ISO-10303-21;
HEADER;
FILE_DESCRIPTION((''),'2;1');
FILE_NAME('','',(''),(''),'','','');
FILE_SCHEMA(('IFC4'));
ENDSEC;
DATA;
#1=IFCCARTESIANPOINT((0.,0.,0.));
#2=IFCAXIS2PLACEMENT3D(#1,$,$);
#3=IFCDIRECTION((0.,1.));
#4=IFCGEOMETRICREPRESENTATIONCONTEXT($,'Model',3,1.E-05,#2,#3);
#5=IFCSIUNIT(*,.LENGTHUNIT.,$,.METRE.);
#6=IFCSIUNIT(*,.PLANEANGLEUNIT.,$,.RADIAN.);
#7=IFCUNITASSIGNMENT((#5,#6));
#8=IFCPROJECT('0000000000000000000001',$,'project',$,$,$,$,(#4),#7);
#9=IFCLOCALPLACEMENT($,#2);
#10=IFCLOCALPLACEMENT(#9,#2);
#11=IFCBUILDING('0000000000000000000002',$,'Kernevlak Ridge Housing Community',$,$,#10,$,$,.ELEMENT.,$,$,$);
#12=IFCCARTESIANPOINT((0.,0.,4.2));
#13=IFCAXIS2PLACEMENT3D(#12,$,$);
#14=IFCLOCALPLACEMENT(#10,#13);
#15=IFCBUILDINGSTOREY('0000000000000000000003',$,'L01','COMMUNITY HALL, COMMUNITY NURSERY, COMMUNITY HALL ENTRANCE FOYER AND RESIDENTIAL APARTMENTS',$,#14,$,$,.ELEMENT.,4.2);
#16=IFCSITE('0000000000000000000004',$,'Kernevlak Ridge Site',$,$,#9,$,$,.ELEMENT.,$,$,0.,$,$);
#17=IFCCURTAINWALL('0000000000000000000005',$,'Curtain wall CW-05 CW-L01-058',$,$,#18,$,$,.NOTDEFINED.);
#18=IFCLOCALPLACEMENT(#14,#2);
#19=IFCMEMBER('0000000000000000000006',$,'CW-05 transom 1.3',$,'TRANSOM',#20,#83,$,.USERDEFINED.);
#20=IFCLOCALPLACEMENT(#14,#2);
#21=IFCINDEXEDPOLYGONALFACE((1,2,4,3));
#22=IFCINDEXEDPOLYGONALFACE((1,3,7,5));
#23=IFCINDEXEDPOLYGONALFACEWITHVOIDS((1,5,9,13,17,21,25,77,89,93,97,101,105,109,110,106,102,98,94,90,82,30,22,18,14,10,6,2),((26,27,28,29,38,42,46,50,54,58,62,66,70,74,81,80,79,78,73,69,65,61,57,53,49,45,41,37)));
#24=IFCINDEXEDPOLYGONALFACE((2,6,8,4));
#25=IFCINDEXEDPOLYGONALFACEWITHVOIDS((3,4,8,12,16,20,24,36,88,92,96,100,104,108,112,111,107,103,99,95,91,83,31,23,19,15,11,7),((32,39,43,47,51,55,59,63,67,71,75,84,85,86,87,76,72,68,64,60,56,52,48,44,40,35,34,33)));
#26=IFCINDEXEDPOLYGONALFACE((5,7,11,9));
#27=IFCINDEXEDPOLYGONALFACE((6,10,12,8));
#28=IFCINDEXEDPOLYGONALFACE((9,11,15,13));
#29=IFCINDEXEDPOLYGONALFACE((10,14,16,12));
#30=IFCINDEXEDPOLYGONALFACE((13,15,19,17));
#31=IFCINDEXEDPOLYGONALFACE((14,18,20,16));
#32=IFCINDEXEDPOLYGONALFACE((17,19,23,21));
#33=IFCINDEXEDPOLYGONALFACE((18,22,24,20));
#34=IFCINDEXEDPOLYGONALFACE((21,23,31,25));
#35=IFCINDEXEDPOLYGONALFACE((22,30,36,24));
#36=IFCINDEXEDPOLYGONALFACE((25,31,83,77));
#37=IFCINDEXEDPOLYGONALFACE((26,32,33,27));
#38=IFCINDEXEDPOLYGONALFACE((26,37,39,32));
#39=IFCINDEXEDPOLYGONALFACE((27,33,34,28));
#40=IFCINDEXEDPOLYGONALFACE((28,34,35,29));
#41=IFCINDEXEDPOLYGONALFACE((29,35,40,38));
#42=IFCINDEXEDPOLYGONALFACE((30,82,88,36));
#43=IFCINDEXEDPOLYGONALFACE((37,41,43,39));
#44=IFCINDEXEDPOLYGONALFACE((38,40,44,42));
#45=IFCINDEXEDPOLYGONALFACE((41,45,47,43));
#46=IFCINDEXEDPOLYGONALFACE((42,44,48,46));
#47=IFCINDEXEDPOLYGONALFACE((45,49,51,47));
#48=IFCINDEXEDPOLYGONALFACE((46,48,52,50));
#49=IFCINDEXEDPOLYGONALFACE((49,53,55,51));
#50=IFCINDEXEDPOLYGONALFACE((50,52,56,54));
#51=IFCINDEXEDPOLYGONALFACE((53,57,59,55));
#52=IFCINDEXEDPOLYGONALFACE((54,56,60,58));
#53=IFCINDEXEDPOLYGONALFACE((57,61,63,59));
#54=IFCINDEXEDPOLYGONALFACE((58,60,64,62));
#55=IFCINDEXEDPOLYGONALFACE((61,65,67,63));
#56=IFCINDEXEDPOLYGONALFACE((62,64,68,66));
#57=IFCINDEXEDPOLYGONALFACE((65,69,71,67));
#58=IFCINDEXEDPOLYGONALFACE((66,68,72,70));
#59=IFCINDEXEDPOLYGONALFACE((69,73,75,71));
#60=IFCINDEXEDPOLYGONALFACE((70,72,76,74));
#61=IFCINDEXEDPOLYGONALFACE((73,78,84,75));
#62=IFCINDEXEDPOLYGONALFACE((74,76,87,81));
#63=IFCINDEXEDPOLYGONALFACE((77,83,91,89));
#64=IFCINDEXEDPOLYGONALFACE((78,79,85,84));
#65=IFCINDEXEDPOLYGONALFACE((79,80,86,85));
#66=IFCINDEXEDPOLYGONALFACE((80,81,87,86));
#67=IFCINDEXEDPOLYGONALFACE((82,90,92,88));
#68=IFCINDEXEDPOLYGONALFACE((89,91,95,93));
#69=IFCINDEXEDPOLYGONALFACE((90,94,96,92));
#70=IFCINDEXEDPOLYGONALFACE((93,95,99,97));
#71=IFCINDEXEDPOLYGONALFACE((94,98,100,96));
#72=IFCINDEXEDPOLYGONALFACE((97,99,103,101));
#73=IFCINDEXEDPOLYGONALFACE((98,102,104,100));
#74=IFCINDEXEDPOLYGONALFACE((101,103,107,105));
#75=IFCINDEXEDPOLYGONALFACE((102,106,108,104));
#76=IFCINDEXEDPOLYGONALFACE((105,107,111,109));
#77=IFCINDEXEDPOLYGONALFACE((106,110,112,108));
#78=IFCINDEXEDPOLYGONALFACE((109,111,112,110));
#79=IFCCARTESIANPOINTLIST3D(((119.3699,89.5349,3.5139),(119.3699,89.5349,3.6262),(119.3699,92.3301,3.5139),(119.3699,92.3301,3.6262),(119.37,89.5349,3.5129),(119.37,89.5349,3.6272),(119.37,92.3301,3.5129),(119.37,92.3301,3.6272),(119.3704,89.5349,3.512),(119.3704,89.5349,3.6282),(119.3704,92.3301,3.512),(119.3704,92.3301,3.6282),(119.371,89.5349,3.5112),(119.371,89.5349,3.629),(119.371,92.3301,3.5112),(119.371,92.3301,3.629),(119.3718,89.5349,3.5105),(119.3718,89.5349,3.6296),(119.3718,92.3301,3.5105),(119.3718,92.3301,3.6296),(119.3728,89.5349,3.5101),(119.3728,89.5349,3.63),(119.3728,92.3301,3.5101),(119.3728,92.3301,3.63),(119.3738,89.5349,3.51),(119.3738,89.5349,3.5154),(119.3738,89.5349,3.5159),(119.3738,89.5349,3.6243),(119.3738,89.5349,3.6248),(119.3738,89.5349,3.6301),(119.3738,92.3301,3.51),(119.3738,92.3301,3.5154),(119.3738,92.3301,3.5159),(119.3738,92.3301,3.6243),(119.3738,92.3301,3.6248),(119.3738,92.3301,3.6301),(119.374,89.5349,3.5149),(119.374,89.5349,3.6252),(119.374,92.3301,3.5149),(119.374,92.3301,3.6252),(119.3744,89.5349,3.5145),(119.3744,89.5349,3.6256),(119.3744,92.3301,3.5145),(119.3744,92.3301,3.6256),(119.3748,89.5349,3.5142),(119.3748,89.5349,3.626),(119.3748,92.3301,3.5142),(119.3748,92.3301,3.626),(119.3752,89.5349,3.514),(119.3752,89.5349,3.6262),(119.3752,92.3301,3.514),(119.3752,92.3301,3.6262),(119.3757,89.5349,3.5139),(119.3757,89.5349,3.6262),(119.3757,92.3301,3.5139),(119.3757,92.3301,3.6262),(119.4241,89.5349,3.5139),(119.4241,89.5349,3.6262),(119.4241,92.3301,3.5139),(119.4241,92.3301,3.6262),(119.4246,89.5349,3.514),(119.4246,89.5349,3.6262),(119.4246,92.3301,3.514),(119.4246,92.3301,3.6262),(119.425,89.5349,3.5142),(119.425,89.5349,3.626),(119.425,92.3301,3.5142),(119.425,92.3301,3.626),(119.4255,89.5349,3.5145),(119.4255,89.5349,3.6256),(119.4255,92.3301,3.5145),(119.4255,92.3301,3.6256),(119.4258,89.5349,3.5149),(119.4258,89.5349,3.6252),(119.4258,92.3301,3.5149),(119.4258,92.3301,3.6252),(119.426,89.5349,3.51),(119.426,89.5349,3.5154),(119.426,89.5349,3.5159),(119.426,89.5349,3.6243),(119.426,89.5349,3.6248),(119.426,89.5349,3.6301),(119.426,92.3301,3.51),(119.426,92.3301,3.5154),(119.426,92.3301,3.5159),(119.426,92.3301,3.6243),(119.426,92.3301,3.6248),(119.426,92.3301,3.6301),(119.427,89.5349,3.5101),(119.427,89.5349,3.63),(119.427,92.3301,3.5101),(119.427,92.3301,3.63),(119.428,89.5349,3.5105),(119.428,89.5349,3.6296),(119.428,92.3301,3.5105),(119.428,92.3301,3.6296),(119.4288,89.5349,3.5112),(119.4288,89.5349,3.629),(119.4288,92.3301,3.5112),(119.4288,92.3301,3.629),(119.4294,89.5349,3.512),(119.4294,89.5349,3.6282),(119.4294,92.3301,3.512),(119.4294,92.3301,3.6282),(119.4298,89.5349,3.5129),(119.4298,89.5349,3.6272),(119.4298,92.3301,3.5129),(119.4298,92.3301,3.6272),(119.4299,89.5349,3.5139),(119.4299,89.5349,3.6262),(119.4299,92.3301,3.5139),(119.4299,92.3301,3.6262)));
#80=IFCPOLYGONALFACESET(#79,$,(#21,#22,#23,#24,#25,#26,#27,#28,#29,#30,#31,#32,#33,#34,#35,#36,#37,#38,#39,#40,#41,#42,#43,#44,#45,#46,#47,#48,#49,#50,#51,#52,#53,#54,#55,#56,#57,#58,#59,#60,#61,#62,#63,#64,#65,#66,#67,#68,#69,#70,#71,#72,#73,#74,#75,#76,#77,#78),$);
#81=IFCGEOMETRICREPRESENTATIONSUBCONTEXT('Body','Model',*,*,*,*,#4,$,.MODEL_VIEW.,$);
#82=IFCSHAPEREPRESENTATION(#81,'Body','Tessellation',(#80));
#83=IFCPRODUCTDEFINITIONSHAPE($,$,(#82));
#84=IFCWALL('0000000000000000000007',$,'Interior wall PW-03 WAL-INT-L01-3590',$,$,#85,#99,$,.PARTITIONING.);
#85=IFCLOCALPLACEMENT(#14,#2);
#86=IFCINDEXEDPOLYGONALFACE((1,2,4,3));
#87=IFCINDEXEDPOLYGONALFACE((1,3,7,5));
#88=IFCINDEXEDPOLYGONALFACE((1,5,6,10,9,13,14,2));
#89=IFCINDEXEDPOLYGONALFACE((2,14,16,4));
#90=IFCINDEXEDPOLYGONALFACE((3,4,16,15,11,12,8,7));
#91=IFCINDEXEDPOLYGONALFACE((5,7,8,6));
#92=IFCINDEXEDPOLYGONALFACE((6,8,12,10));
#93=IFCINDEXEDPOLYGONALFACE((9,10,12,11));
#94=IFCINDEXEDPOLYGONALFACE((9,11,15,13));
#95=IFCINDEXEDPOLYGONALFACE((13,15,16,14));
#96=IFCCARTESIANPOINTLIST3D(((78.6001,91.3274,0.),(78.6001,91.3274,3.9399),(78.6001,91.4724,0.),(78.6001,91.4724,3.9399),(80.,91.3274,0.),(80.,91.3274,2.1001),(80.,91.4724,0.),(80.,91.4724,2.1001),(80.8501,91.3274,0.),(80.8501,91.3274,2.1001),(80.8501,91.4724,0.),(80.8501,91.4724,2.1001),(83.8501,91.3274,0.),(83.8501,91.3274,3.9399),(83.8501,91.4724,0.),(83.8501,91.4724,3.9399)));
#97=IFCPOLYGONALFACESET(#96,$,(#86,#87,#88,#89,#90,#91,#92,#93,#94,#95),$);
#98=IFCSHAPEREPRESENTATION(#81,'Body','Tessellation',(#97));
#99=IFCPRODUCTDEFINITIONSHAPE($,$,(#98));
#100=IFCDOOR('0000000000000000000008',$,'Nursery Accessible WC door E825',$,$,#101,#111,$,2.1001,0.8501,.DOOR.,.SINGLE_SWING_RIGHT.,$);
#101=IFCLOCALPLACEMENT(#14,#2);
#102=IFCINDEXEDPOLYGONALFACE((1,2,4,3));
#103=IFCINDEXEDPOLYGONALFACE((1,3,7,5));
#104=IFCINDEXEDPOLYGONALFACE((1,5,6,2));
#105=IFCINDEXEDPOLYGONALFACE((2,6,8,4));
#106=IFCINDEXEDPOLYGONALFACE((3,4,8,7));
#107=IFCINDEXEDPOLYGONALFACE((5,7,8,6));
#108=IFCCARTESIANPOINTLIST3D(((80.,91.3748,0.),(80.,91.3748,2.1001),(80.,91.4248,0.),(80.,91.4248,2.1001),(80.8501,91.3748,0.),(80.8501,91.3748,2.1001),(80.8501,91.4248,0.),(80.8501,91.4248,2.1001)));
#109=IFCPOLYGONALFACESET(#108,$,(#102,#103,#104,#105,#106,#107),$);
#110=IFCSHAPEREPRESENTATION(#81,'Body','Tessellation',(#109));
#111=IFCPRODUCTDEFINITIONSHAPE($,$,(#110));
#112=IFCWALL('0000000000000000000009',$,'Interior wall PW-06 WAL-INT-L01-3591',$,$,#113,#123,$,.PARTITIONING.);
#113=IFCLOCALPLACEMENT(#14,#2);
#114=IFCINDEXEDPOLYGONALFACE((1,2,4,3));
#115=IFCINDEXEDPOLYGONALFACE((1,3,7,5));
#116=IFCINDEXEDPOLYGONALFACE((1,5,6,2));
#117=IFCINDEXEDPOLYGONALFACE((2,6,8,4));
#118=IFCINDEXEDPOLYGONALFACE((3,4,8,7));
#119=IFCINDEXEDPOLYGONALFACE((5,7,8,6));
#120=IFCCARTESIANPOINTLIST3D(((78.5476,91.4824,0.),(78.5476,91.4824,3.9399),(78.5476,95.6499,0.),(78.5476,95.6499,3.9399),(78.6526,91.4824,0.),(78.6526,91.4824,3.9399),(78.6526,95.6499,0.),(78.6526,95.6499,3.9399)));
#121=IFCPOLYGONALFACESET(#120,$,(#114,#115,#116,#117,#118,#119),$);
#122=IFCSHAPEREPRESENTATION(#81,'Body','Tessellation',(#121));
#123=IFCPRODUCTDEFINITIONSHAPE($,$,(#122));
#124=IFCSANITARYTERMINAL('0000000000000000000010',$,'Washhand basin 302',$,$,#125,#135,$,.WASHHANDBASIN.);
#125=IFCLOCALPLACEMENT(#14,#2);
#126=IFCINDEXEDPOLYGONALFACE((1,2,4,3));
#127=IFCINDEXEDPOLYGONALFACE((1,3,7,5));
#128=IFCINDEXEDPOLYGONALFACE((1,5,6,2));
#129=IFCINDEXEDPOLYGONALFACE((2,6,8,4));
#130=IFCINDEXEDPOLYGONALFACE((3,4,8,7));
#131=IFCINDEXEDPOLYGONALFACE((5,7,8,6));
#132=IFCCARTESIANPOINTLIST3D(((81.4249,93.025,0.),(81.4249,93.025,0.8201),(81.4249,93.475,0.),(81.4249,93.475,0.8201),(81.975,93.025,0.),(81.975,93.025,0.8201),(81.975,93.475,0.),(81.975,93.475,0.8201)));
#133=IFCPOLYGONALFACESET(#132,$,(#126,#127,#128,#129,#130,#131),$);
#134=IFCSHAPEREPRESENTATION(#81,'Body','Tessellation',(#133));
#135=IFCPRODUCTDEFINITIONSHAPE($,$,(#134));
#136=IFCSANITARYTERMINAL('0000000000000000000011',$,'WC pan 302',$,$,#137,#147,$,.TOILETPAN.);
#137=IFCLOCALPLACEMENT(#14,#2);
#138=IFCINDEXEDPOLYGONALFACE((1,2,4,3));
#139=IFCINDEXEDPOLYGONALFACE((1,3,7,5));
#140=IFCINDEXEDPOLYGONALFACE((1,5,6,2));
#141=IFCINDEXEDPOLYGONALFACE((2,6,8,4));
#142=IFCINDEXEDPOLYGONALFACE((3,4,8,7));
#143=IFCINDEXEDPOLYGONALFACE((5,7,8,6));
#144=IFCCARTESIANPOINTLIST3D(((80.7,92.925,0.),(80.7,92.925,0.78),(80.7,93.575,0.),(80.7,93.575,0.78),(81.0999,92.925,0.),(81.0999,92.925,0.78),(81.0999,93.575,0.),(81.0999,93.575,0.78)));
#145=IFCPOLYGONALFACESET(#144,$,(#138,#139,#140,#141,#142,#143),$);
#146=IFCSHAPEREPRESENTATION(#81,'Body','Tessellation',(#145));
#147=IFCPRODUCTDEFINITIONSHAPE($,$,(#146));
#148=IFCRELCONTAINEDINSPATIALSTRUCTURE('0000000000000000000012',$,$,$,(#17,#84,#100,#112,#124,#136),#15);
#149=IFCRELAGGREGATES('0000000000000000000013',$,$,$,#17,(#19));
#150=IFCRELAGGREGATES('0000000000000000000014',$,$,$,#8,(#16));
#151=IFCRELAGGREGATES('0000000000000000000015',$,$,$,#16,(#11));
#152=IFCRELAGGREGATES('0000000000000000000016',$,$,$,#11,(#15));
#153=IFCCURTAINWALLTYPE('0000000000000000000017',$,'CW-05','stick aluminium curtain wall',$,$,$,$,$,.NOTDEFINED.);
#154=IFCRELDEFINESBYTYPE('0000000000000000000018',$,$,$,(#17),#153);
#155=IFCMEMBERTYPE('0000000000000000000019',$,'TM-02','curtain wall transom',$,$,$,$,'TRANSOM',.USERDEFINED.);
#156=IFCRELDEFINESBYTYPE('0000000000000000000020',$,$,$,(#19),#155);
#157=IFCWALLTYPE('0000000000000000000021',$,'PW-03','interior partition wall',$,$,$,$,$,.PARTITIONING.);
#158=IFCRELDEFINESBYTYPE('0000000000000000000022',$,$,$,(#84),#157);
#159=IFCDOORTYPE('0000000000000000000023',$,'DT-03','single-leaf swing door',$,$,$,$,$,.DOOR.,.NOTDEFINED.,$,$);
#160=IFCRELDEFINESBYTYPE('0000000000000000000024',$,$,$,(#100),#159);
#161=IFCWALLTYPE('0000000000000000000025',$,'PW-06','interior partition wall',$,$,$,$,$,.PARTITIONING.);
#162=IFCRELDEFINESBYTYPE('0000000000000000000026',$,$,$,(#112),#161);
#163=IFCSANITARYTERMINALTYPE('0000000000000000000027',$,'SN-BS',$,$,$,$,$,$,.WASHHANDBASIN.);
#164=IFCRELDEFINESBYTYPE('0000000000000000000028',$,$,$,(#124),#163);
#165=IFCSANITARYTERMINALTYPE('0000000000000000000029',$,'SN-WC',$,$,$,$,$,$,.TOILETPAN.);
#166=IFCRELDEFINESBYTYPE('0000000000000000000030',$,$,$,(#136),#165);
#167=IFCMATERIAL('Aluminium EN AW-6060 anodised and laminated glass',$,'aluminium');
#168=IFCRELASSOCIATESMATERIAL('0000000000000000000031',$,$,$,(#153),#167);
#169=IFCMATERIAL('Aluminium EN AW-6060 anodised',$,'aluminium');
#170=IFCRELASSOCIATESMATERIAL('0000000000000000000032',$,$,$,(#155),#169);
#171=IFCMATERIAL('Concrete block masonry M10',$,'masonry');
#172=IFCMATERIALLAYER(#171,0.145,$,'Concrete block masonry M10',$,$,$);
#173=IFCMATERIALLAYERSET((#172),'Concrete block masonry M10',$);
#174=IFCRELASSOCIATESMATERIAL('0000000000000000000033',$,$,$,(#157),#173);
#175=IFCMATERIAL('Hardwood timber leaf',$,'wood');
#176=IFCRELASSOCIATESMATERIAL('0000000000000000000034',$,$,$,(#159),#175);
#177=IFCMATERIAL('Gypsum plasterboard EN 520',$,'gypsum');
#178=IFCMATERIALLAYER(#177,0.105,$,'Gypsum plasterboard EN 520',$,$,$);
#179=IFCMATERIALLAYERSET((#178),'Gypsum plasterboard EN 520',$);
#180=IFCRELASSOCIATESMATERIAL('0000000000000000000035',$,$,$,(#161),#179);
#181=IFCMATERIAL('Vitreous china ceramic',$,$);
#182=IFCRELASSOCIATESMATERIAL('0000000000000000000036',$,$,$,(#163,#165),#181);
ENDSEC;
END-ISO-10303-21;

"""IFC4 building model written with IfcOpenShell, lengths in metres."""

from ifc_helpers import new_model, si_unit, direction, frame, frame_2d, origin, origin_2d, place, context, subcontext, project, spatial, rectangle, hollow_rectangle, extrude, material, layer, layer_set, material_profile, profile_set, type_object, element, fill, aggregate, save


model = new_model("IFC4")

# Units and contexts
model_context = context("Model", 3, precision=1e-05, world=origin(), true_north=direction((0.0, 1.0)))
body_context = subcontext(model_context, "Body", "Model", "MODEL_VIEW")
ifc_project = project(units=[si_unit("LENGTHUNIT", "METRE"), si_unit("PLANEANGLEUNIT", "RADIAN")], contexts=[model_context])

# Site, building, storey
site_placement = place(None, origin())
site = spatial("IfcSite", under=ifc_project, at=site_placement, Name="Kernevlak Ridge Site", CompositionType="ELEMENT", RefElevation=0.0)
building_placement = place(site_placement, origin())
building = spatial("IfcBuilding", under=site, at=building_placement, Name="Kernevlak Ridge Housing Community", CompositionType="ELEMENT")
storey_placement = place(building_placement, frame((0.0, 0.0, 4.2)))
storey = spatial("IfcBuildingStorey", under=building, at=storey_placement, Name="L01", Description="COMMUNITY HALL, COMMUNITY NURSERY, COMMUNITY HALL ENTRANCE FOYER AND RESIDENTIAL APARTMENTS", CompositionType="ELEMENT", Elevation=4.2)

# Curtain wall
ifc_material_1 = material(Name="Aluminium EN AW-6060 anodised and laminated glass", Category="aluminium")
curtain_wall_type = type_object("IfcCurtainWallType", Name="CW-05", Description="stick aluminium curtain wall", PredefinedType="NOTDEFINED", material=ifc_material_1)
curtain_wall_placement = place(storey_placement, origin())
curtain_wall = element("IfcCurtainWall", 1, at=curtain_wall_placement, inside=storey, type_object=curtain_wall_type, Name="Curtain wall CW-05 CW-L01-058", PredefinedType="NOTDEFINED")
ifc_material_2 = material(Name="Aluminium EN AW-6060 anodised", Category="aluminium")

# Member
ifc_material_profile_1 = material_profile(ifc_material_2, hollow_rectangle(XDim=0.0601, YDim=0.1201, WallThickness=0.0039, InnerFilletRadius=0.002, OuterFilletRadius=0.0039, at=origin_2d()), Name="ALU 60x120x4")
ifc_profile_set_1 = profile_set([ifc_material_profile_1], Name="Aluminium EN AW-6060 anodised")
member_type_1 = type_object("IfcMemberType", Name="TM-02", Description="curtain wall transom", ElementType="TRANSOM", PredefinedType="USERDEFINED", material=ifc_profile_set_1)
member_1_placement = place(storey_placement, frame((119.3999, 89.5349, 3.5701), z_axis=(0.0, 1.0, 0.0), x_axis=(-1.0, 0.0, 0.0)))
member_1 = element("IfcMember", 2, at=member_1_placement, type_object=member_type_1, Name="CW-05 transom 1.3", ObjectType="TRANSOM", PredefinedType="USERDEFINED", context=body_context, shape_type="SweptSolid", body=[
    extrude(hollow_rectangle(XDim=0.0601, YDim=0.1201, WallThickness=0.0039, InnerFilletRadius=0.002, OuterFilletRadius=0.0039, at=origin_2d()), origin(), (0.0, 0.0, 1.0), 2.7952),
])
aggregate(curtain_wall, [member_1])

# Wall, opening, door
ifc_material_3 = material(Name="Concrete block masonry M10", Category="masonry")
ifc_layer_1 = layer(ifc_material_3, 0.145, Name="Concrete block masonry M10")
ifc_layer_set_1 = layer_set([ifc_layer_1], Name="Concrete block masonry M10")
wall_type_1 = type_object("IfcWallType", Name="PW-03", Description="interior partition wall", PredefinedType="PARTITIONING", material=ifc_layer_set_1)
wall_1_placement = place(storey_placement, frame((78.6001, 91.3999, 0.0), z_axis=(0.0, 0.0, 1.0), x_axis=(1.0, 0.0, 0.0)))
wall_1 = element("IfcWall", 3, at=wall_1_placement, inside=storey, type_object=wall_type_1, Name="Interior wall PW-03 WAL-INT-L01-3590", PredefinedType="PARTITIONING", context=body_context, shape_type="SweptSolid", body=[
    extrude(rectangle(XDim=5.25, YDim=0.145, at=frame_2d((2.625, 0.0))), origin(), (0.0, 0.0, 1.0), 3.9399),
])
opening_placement = place(wall_1_placement, frame((1.3999, 0.0, 0.0)))
opening = element("IfcOpeningElement", 4, at=opening_placement, cuts=wall_1, PredefinedType="OPENING", context=body_context, shape_type="SweptSolid", body=[
    extrude(rectangle(XDim=0.8501, YDim=2.1001, at=frame_2d((0.425, 1.05))), frame((0.0, 0.0825, 0.0), z_axis=(0.0, -1.0, 0.0), x_axis=(1.0, 0.0, 0.0)), (0.0, 0.0, 1.0), 0.165),
])
ifc_material_4 = material(Name="Hardwood timber leaf", Category="wood")
door_type = type_object("IfcDoorType", Name="DT-03", Description="single-leaf swing door", OperationType="NOTDEFINED", PredefinedType="DOOR", material=ifc_material_4)
door_placement = place(opening_placement, origin())
door = element("IfcDoor", 5, at=door_placement, inside=storey, type_object=door_type, Name="Nursery Accessible WC door E825", OperationType="SINGLE_SWING_RIGHT", OverallHeight=2.1001, OverallWidth=0.8501, PredefinedType="DOOR", context=body_context, shape_type="SweptSolid", body=[
    extrude(rectangle(XDim=0.8501, YDim=2.1001, at=frame_2d((0.425, 1.05))), frame((0.0, 0.0249, 0.0), z_axis=(0.0, -1.0, 0.0), x_axis=(1.0, 0.0, 0.0)), (0.0, 0.0, 1.0), 0.05),
])
fill(opening, door)

# Wall
ifc_material_5 = material(Name="Gypsum plasterboard EN 520", Category="gypsum")
ifc_layer_2 = layer(ifc_material_5, 0.105, Name="Gypsum plasterboard EN 520")
ifc_layer_set_2 = layer_set([ifc_layer_2], Name="Gypsum plasterboard EN 520")
wall_type_2 = type_object("IfcWallType", Name="PW-06", Description="interior partition wall", PredefinedType="PARTITIONING", material=ifc_layer_set_2)
wall_2_placement = place(storey_placement, frame((78.6001, 91.4824, 0.0), z_axis=(0.0, 0.0, 1.0), x_axis=(0.0, 1.0, 0.0)))
element("IfcWall", 6, at=wall_2_placement, inside=storey, type_object=wall_type_2, Name="Interior wall PW-06 WAL-INT-L01-3591", PredefinedType="PARTITIONING", context=body_context, shape_type="SweptSolid", body=[
    extrude(rectangle(XDim=4.1675, YDim=0.105, at=frame_2d((2.0837, 0.0))), origin(), (0.0, 0.0, 1.0), 3.9399),
])

# Sanitary terminals
ifc_material_6 = material(Name="Vitreous china ceramic")
sanitary_terminal_type_1 = type_object("IfcSanitaryTerminalType", Name="SN-BS", PredefinedType="WASHHANDBASIN", material=ifc_material_6)
sanitary_terminal_1_placement = place(storey_placement, frame((81.7, 93.25, 0.0), z_axis=(0.0, 0.0, 1.0), x_axis=(1.0, 0.0, 0.0)))
element("IfcSanitaryTerminal", 7, at=sanitary_terminal_1_placement, inside=storey, type_object=sanitary_terminal_type_1, Name="Washhand basin 302", PredefinedType="WASHHANDBASIN", context=body_context, shape_type="SweptSolid", body=[
    extrude(rectangle(XDim=0.55, YDim=0.45, at=origin_2d()), origin(), (0.0, 0.0, 1.0), 0.8201),
])
sanitary_terminal_type_2 = type_object("IfcSanitaryTerminalType", Name="SN-WC", PredefinedType="TOILETPAN", material=ifc_material_6)
sanitary_terminal_2_placement = place(storey_placement, frame((80.8999, 93.25, 0.0), z_axis=(0.0, 0.0, 1.0), x_axis=(1.0, 0.0, 0.0)))
element("IfcSanitaryTerminal", 8, at=sanitary_terminal_2_placement, inside=storey, type_object=sanitary_terminal_type_2, Name="WC pan 302", PredefinedType="TOILETPAN", context=body_context, shape_type="SweptSolid", body=[
    extrude(rectangle(XDim=0.3999, YDim=0.6499, at=origin_2d()), origin(), (0.0, 0.0, 1.0), 0.78),
])

save(model, "model.ifc")
